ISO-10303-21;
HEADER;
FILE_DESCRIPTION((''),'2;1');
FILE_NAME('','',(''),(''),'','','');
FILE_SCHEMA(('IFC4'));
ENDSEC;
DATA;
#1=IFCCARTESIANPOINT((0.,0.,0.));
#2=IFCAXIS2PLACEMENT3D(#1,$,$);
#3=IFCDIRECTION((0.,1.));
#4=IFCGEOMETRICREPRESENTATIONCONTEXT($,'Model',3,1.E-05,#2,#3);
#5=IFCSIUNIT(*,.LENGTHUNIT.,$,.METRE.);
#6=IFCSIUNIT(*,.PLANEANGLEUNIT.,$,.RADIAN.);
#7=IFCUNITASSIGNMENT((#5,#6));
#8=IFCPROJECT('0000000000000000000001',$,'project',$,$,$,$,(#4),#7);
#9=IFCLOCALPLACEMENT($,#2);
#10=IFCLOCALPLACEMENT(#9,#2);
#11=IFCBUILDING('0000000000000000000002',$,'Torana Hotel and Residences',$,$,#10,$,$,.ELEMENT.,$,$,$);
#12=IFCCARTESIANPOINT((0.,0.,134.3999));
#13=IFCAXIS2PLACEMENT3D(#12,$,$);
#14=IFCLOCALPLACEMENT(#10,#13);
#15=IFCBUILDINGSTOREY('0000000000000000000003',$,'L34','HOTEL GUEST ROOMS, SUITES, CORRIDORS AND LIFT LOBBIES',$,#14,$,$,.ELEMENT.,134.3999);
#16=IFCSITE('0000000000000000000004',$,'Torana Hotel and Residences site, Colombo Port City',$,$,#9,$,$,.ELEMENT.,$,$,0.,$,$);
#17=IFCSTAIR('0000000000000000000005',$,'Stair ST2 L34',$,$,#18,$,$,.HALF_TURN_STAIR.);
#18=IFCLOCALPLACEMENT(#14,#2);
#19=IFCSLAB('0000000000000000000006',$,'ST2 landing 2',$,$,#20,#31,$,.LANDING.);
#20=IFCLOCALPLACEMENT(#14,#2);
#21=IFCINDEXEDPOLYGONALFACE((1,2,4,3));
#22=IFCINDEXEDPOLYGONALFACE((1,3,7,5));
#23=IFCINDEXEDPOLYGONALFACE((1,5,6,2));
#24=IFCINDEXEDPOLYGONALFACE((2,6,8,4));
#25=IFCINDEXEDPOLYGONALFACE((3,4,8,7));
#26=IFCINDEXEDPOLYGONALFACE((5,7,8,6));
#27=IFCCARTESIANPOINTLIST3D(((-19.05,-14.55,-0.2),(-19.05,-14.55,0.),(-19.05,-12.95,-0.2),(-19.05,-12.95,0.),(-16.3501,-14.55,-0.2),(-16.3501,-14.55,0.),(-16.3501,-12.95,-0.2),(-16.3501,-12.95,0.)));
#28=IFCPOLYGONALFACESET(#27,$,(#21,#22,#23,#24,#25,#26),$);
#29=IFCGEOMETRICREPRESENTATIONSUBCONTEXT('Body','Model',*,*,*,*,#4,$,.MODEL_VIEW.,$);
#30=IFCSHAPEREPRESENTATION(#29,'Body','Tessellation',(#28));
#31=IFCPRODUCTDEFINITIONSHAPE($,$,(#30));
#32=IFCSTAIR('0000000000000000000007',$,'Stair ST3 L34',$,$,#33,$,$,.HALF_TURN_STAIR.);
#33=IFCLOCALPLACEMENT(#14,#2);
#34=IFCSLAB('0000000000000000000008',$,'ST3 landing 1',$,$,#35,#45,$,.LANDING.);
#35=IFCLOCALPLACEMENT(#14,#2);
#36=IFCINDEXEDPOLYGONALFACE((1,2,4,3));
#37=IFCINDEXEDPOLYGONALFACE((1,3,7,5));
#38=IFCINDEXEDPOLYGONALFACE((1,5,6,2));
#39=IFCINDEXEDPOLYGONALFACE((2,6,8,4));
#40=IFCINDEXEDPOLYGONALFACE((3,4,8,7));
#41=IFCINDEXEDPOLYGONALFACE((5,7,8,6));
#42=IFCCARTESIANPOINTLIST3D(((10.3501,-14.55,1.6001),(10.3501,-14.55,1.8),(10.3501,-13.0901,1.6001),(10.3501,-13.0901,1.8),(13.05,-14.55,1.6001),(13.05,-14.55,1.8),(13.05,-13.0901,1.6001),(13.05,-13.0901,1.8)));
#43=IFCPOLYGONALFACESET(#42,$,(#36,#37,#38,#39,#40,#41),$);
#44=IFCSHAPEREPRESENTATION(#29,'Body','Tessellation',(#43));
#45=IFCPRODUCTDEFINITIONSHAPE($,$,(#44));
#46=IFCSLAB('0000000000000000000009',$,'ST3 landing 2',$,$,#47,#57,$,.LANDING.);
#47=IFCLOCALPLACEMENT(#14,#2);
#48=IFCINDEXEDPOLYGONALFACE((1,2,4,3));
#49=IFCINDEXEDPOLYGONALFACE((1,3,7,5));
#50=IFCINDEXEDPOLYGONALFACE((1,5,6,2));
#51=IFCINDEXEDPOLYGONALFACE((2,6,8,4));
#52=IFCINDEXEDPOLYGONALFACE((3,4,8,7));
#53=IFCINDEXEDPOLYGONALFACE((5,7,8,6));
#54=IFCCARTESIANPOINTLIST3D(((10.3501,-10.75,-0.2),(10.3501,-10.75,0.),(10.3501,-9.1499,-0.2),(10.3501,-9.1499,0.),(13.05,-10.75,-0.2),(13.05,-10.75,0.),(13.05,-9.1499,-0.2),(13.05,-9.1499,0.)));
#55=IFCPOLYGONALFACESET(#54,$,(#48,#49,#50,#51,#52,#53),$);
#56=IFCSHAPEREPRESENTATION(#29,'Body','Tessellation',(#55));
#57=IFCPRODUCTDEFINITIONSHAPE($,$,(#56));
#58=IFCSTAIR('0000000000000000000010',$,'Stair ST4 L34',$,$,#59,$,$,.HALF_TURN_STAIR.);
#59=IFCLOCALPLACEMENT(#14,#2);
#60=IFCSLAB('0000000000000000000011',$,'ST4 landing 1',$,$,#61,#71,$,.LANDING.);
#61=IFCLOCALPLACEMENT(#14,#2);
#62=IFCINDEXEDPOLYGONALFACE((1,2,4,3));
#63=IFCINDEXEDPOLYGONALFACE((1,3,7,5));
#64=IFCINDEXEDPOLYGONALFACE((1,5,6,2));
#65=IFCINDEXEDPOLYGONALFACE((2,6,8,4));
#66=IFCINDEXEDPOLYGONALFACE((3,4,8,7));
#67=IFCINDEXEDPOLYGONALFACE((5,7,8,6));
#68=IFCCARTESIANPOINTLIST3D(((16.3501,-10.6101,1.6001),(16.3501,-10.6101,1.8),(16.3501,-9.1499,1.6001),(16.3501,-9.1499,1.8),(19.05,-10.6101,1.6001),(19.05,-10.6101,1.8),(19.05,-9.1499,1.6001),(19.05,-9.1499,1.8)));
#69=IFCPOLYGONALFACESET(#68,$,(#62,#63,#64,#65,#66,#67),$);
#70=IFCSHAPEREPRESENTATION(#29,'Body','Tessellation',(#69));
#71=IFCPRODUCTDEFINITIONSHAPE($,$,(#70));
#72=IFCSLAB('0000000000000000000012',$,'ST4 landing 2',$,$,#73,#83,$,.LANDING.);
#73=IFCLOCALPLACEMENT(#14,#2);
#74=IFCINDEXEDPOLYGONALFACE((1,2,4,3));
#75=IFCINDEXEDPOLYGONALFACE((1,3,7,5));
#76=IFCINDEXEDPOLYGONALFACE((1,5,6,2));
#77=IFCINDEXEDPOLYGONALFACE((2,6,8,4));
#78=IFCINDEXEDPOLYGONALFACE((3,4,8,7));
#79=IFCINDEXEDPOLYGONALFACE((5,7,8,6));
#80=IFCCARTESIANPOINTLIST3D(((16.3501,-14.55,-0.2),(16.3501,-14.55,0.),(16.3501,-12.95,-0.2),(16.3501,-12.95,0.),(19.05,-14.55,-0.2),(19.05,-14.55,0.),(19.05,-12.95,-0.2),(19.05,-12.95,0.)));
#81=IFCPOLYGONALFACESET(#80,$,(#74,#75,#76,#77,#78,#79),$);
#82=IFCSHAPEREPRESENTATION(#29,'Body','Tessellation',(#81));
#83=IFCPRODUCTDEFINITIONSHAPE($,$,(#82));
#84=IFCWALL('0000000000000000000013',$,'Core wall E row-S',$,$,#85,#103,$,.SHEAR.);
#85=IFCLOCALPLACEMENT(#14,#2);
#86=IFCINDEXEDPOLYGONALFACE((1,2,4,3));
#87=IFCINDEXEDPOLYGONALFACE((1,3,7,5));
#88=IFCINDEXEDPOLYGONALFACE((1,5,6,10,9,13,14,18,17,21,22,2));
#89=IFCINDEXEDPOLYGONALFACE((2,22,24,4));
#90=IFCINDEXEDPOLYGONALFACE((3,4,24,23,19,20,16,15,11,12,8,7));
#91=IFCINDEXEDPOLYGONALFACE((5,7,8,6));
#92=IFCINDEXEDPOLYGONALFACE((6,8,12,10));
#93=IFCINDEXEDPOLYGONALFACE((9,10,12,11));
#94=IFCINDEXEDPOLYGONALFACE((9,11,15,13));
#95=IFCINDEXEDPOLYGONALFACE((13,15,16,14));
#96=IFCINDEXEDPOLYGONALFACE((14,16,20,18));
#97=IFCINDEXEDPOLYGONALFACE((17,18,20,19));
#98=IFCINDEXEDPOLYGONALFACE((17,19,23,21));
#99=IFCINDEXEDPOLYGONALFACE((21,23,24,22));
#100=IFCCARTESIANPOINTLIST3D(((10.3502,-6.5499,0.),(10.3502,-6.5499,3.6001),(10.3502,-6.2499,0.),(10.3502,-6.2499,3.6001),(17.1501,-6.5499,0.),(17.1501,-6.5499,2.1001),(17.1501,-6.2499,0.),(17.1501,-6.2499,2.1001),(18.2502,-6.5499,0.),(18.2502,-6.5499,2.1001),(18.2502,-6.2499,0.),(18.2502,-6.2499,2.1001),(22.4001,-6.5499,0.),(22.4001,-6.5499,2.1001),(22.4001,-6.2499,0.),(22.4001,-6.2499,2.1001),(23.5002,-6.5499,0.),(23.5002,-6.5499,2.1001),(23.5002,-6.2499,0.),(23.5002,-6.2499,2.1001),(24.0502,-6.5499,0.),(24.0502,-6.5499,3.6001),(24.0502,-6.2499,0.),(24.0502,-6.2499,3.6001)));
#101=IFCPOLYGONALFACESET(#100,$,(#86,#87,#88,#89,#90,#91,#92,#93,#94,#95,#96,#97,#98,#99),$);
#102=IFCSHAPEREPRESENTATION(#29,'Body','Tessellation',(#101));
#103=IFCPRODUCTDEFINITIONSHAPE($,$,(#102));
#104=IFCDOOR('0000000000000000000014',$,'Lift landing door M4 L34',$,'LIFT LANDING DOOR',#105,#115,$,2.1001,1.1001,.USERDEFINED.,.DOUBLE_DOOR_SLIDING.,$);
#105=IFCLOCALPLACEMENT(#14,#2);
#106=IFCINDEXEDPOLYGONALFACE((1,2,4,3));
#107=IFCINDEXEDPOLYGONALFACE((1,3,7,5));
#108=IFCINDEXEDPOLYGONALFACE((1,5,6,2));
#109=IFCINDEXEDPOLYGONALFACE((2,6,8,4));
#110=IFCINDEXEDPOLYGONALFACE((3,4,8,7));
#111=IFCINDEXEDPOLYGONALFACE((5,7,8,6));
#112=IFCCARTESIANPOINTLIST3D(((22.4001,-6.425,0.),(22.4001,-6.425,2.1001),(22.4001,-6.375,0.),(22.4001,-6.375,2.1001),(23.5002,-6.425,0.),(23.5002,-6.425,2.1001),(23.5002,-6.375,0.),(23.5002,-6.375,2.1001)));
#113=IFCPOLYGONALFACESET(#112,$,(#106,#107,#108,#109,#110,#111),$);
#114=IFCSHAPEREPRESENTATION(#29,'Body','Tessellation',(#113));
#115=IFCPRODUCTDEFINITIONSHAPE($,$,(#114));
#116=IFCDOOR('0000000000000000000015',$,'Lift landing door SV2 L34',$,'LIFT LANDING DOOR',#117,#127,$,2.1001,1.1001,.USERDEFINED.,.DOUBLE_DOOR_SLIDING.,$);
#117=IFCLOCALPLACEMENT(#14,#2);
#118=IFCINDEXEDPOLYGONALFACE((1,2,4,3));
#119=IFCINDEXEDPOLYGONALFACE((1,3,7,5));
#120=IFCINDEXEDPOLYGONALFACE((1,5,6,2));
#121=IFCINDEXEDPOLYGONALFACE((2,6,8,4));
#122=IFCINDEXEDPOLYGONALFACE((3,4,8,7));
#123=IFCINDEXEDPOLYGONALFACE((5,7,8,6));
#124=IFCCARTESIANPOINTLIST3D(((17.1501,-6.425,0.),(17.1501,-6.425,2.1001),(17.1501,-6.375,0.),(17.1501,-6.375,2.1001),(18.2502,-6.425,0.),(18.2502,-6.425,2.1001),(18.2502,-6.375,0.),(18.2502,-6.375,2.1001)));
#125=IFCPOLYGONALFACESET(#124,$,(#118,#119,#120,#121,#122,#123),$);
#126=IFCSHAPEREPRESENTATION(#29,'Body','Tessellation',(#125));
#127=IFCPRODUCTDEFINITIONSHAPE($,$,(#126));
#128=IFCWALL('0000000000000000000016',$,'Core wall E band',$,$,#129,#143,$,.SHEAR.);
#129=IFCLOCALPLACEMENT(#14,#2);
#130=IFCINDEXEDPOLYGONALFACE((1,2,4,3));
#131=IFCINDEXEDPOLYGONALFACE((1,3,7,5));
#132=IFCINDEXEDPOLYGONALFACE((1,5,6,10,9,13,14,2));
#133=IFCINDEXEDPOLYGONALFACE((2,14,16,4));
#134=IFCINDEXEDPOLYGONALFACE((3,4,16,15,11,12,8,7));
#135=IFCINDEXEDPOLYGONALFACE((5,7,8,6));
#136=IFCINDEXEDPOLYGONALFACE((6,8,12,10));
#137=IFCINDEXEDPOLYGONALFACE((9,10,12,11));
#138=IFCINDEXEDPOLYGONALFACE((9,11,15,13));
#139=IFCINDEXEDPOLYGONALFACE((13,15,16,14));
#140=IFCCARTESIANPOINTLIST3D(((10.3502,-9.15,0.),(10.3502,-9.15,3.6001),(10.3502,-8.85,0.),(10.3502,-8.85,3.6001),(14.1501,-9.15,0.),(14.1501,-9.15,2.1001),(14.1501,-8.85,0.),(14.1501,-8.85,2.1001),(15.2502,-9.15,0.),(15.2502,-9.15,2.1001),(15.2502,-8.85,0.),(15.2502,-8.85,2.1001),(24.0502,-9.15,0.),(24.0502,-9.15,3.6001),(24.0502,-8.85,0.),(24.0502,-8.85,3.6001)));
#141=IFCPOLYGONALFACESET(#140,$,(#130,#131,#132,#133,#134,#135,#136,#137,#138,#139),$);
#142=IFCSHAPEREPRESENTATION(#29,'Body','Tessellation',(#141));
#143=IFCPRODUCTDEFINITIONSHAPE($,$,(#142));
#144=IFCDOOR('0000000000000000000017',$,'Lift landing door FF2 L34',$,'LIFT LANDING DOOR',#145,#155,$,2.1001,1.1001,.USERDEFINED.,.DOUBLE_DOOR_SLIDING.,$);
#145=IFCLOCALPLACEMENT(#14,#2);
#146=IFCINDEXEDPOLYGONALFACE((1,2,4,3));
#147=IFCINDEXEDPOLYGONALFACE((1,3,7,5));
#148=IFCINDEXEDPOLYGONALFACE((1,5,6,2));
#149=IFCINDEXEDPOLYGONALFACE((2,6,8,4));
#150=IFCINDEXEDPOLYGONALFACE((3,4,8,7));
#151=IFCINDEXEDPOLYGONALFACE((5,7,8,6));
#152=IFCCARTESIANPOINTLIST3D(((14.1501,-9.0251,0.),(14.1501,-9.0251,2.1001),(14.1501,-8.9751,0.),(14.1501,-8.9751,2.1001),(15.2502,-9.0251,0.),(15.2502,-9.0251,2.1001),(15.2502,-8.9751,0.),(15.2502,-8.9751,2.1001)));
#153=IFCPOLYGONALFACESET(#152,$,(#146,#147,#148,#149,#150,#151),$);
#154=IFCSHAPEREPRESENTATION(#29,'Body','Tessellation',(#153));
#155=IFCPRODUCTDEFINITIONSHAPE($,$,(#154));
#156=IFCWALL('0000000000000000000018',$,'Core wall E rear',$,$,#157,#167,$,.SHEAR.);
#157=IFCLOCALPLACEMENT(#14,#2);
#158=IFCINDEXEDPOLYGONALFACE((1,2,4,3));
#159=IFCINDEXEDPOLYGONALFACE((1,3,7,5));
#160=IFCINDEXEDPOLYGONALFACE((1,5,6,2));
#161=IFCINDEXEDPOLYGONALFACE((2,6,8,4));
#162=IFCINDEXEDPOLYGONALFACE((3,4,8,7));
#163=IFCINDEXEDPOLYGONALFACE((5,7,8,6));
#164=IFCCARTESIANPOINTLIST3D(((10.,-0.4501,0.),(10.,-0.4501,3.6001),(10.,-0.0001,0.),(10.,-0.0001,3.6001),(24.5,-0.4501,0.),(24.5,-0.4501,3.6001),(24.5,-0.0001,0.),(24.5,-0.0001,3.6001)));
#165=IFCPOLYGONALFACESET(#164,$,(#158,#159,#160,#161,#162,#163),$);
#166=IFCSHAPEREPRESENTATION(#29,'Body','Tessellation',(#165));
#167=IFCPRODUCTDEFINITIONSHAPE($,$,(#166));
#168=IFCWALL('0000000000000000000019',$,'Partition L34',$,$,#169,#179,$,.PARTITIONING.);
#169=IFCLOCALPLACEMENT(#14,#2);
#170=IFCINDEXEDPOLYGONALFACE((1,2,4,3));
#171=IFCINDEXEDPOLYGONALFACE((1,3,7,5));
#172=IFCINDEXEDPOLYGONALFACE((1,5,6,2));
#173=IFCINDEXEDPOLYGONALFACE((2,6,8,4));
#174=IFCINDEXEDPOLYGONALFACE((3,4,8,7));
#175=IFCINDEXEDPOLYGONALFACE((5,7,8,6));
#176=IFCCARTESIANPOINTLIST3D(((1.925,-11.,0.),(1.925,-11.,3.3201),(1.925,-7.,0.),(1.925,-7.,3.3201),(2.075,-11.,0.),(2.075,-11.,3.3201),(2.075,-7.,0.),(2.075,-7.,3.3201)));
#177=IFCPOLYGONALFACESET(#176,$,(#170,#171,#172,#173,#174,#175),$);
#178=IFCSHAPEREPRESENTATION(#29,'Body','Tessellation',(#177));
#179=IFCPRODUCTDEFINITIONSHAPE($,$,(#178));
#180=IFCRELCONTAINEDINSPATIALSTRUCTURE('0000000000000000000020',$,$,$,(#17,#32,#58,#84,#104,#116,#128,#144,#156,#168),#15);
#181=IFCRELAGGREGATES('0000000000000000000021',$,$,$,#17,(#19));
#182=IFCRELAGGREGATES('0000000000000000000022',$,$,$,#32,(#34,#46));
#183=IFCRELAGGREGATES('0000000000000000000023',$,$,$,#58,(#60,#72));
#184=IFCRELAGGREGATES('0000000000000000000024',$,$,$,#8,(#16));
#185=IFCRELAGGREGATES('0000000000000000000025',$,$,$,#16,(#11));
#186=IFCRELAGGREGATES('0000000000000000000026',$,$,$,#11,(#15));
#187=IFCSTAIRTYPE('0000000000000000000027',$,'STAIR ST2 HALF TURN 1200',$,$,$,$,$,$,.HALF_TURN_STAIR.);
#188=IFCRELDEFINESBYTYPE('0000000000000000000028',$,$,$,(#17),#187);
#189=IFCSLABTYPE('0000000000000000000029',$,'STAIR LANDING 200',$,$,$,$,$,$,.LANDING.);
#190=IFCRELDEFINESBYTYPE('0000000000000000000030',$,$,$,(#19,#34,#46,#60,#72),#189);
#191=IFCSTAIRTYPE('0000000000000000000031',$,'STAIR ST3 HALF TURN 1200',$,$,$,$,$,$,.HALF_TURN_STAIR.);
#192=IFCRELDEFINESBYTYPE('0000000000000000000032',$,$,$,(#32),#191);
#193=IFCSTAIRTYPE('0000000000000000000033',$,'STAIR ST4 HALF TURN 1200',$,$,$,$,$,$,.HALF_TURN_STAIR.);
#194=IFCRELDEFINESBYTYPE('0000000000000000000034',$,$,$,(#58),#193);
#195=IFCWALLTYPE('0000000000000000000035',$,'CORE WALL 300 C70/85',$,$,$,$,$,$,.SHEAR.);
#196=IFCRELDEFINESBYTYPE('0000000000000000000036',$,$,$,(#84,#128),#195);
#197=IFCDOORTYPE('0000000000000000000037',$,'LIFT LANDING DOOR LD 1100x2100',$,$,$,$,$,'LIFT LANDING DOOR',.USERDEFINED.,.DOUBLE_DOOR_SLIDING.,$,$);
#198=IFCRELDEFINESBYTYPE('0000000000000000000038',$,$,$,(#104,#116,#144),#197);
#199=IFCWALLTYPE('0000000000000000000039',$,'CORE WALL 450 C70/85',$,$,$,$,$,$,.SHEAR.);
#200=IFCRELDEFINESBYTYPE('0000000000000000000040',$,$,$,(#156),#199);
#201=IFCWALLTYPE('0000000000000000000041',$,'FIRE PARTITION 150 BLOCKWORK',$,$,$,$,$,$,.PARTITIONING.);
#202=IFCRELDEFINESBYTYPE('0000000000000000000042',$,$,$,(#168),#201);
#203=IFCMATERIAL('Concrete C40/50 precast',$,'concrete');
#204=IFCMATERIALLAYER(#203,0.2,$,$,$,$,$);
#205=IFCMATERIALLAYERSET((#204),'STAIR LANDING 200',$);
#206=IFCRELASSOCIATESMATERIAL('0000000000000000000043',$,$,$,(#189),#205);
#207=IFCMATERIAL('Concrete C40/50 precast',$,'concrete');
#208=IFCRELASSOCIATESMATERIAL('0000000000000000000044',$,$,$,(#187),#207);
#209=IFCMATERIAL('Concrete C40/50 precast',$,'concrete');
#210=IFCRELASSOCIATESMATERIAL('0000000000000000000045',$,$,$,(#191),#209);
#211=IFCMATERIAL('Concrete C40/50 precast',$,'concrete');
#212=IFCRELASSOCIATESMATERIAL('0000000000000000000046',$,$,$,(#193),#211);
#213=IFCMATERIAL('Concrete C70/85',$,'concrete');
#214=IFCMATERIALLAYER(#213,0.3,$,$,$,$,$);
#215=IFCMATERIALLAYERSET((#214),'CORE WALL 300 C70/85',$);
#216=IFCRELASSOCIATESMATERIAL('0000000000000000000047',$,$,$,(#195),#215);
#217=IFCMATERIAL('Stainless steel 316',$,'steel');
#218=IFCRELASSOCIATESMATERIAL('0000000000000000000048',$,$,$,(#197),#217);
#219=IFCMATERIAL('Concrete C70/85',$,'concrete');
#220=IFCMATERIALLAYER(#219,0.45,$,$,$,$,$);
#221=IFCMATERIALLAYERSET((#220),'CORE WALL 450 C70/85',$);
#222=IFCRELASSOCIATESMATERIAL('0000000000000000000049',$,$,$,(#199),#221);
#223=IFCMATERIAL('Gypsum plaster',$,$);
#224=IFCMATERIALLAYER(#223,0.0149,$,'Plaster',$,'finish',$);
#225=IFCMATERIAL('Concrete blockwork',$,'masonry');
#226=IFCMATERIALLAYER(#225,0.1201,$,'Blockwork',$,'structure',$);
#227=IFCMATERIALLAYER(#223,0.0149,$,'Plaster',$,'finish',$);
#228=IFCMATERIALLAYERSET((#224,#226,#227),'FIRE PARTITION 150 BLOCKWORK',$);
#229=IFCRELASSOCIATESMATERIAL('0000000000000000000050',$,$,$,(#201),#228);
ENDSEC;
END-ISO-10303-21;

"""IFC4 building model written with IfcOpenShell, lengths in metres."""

from ifc_helpers import new_model, si_unit, direction, frame, frame_2d, origin, place, context, subcontext, project, spatial, polyline, rectangle, outline, extrude, material, layer, layer_set, type_object, element, fill, aggregate, save


model = new_model("IFC4")

# Units and contexts
model_context = context("Model", 3, precision=1e-05, world=origin(), true_north=direction((0.0, 1.0)))
body_context = subcontext(model_context, "Body", "Model", "MODEL_VIEW")
ifc_project = project(units=[si_unit("LENGTHUNIT", "METRE"), si_unit("PLANEANGLEUNIT", "RADIAN")], contexts=[model_context])

# Site, building, storey
site_placement = place(None, origin())
site = spatial("IfcSite", under=ifc_project, at=site_placement, Name="Torana Hotel and Residences site, Colombo Port City", CompositionType="ELEMENT", RefElevation=0.0)
building_placement = place(site_placement, origin())
building = spatial("IfcBuilding", under=site, at=building_placement, Name="Torana Hotel and Residences", CompositionType="ELEMENT")
storey_placement = place(building_placement, frame((0.0, 0.0, 134.3999)))
storey = spatial("IfcBuildingStorey", under=building, at=storey_placement, Name="L34", Description="HOTEL GUEST ROOMS, SUITES, CORRIDORS AND LIFT LOBBIES", CompositionType="ELEMENT", Elevation=134.3999)

# Stairs, slabs
ifc_material_1 = material(Name="Concrete C40/50 precast", Category="concrete")
ifc_layer_1 = layer(ifc_material_1, 0.2)
ifc_layer_set_1 = layer_set([ifc_layer_1], Name="STAIR LANDING 200")
slab_type_1 = type_object("IfcSlabType", Name="STAIR LANDING 200", PredefinedType="LANDING", material=ifc_layer_set_1)
ifc_material_2 = material(Name="Concrete C40/50 precast", Category="concrete")
stair_type_1 = type_object("IfcStairType", Name="STAIR ST2 HALF TURN 1200", PredefinedType="HALF_TURN_STAIR", material=ifc_material_2)
stair_1_placement = place(storey_placement, origin())
stair_1 = element("IfcStair", 1, at=stair_1_placement, inside=storey, type_object=stair_type_1, Name="Stair ST2 L34", PredefinedType="HALF_TURN_STAIR")
slab_1_placement = place(storey_placement, frame((0.0, 0.0, -0.2)))
slab_1 = element("IfcSlab", 2, at=slab_1_placement, type_object=slab_type_1, Name="ST2 landing 2", PredefinedType="LANDING", context=body_context, shape_type="SweptSolid", body=[
    extrude(outline(polyline([(-19.05, -14.55), (-16.3501, -14.55), (-16.3501, -12.95), (-19.05, -12.95), (-19.05, -14.55)])), origin(), (0.0, 0.0, 1.0), 0.2),
])
aggregate(stair_1, [slab_1])
ifc_material_3 = material(Name="Concrete C40/50 precast", Category="concrete")
stair_type_2 = type_object("IfcStairType", Name="STAIR ST3 HALF TURN 1200", PredefinedType="HALF_TURN_STAIR", material=ifc_material_3)
stair_2_placement = place(storey_placement, origin())
stair_2 = element("IfcStair", 3, at=stair_2_placement, inside=storey, type_object=stair_type_2, Name="Stair ST3 L34", PredefinedType="HALF_TURN_STAIR")
slab_2_placement = place(storey_placement, frame((0.0, 0.0, 1.6001)))
slab_2 = element("IfcSlab", 4, at=slab_2_placement, type_object=slab_type_1, Name="ST3 landing 1", PredefinedType="LANDING", context=body_context, shape_type="SweptSolid", body=[
    extrude(outline(polyline([(10.3501, -14.55), (13.05, -14.55), (13.05, -13.0901), (10.3501, -13.0901), (10.3501, -14.55)])), origin(), (0.0, 0.0, 1.0), 0.2),
])
slab_3_placement = place(storey_placement, frame((0.0, 0.0, -0.2)))
slab_3 = element("IfcSlab", 5, at=slab_3_placement, type_object=slab_type_1, Name="ST3 landing 2", PredefinedType="LANDING", context=body_context, shape_type="SweptSolid", body=[
    extrude(outline(polyline([(10.3501, -10.75), (13.05, -10.75), (13.05, -9.1499), (10.3501, -9.1499), (10.3501, -10.75)])), origin(), (0.0, 0.0, 1.0), 0.2),
])
aggregate(stair_2, [slab_2, slab_3])
ifc_material_4 = material(Name="Concrete C40/50 precast", Category="concrete")
stair_type_3 = type_object("IfcStairType", Name="STAIR ST4 HALF TURN 1200", PredefinedType="HALF_TURN_STAIR", material=ifc_material_4)
stair_3_placement = place(storey_placement, origin())
stair_3 = element("IfcStair", 6, at=stair_3_placement, inside=storey, type_object=stair_type_3, Name="Stair ST4 L34", PredefinedType="HALF_TURN_STAIR")
slab_4_placement = place(storey_placement, frame((0.0, 0.0, 1.6001)))
slab_4 = element("IfcSlab", 7, at=slab_4_placement, type_object=slab_type_1, Name="ST4 landing 1", PredefinedType="LANDING", context=body_context, shape_type="SweptSolid", body=[
    extrude(outline(polyline([(16.3501, -10.6101), (19.05, -10.6101), (19.05, -9.1499), (16.3501, -9.1499), (16.3501, -10.6101)])), origin(), (0.0, 0.0, 1.0), 0.2),
])
slab_5_placement = place(storey_placement, frame((0.0, 0.0, -0.2)))
slab_5 = element("IfcSlab", 8, at=slab_5_placement, type_object=slab_type_1, Name="ST4 landing 2", PredefinedType="LANDING", context=body_context, shape_type="SweptSolid", body=[
    extrude(outline(polyline([(16.3501, -14.55), (19.05, -14.55), (19.05, -12.95), (16.3501, -12.95), (16.3501, -14.55)])), origin(), (0.0, 0.0, 1.0), 0.2),
])
aggregate(stair_3, [slab_4, slab_5])

# Wall, openings, doors
ifc_material_5 = material(Name="Concrete C70/85", Category="concrete")
ifc_layer_2 = layer(ifc_material_5, 0.3)
ifc_layer_set_2 = layer_set([ifc_layer_2], Name="CORE WALL 300 C70/85")
wall_type_1 = type_object("IfcWallType", Name="CORE WALL 300 C70/85", PredefinedType="SHEAR", material=ifc_layer_set_2)
wall_1_placement = place(storey_placement, frame((10.3501, -6.3999, 0.0), z_axis=(0.0, 0.0, 1.0), x_axis=(1.0, 0.0, 0.0)))
wall_1 = element("IfcWall", 9, at=wall_1_placement, inside=storey, type_object=wall_type_1, Name="Core wall E row-S", PredefinedType="SHEAR", context=body_context, shape_type="SweptSolid", body=[
    extrude(rectangle(XDim=13.7, YDim=0.3, at=frame_2d((6.8501, 0.0))), origin(), (0.0, 0.0, 1.0), 3.6001),
])
opening_1_placement = place(wall_1_placement, frame((12.05, 0.0, 0.0)))
opening_1 = element("IfcOpeningElement", 10, at=opening_1_placement, cuts=wall_1, PredefinedType="OPENING", context=body_context, shape_type="SweptSolid", body=[
    extrude(rectangle(XDim=1.1001, YDim=2.1001, at=frame_2d((0.55, 1.05))), frame((0.0, 0.1599, 0.0), z_axis=(0.0, -1.0, 0.0), x_axis=(1.0, 0.0, 0.0)), (0.0, 0.0, 1.0), 0.3201),
])
opening_2_placement = place(wall_1_placement, frame((6.8, 0.0, 0.0)))
opening_2 = element("IfcOpeningElement", 11, at=opening_2_placement, cuts=wall_1, PredefinedType="OPENING", context=body_context, shape_type="SweptSolid", body=[
    extrude(rectangle(XDim=1.1001, YDim=2.1001, at=frame_2d((0.55, 1.05))), frame((0.0, 0.1599, 0.0), z_axis=(0.0, -1.0, 0.0), x_axis=(1.0, 0.0, 0.0)), (0.0, 0.0, 1.0), 0.3201),
])
ifc_material_6 = material(Name="Stainless steel 316", Category="steel")
door_type = type_object("IfcDoorType", Name="LIFT LANDING DOOR LD 1100x2100", ElementType="LIFT LANDING DOOR", OperationType="DOUBLE_DOOR_SLIDING", PredefinedType="USERDEFINED", material=ifc_material_6)
door_1_placement = place(opening_1_placement, origin())
door_1 = element("IfcDoor", 12, at=door_1_placement, inside=storey, type_object=door_type, Name="Lift landing door M4 L34", ObjectType="LIFT LANDING DOOR", OperationType="DOUBLE_DOOR_SLIDING", OverallHeight=2.1001, OverallWidth=1.1001, PredefinedType="USERDEFINED", context=body_context, shape_type="SweptSolid", body=[
    extrude(rectangle(XDim=1.1001, YDim=2.1001, at=frame_2d((0.55, 1.05))), frame((0.0, 0.0249, 0.0), z_axis=(0.0, -1.0, 0.0), x_axis=(1.0, 0.0, 0.0)), (0.0, 0.0, 1.0), 0.05),
])
fill(opening_1, door_1)
door_2_placement = place(opening_2_placement, origin())
door_2 = element("IfcDoor", 13, at=door_2_placement, inside=storey, type_object=door_type, Name="Lift landing door SV2 L34", ObjectType="LIFT LANDING DOOR", OperationType="DOUBLE_DOOR_SLIDING", OverallHeight=2.1001, OverallWidth=1.1001, PredefinedType="USERDEFINED", context=body_context, shape_type="SweptSolid", body=[
    extrude(rectangle(XDim=1.1001, YDim=2.1001, at=frame_2d((0.55, 1.05))), frame((0.0, 0.0249, 0.0), z_axis=(0.0, -1.0, 0.0), x_axis=(1.0, 0.0, 0.0)), (0.0, 0.0, 1.0), 0.05),
])
fill(opening_2, door_2)

# Wall, opening, door
wall_2_placement = place(storey_placement, frame((10.3501, -9.0, 0.0), z_axis=(0.0, 0.0, 1.0), x_axis=(1.0, 0.0, 0.0)))
wall_2 = element("IfcWall", 14, at=wall_2_placement, inside=storey, type_object=wall_type_1, Name="Core wall E band", PredefinedType="SHEAR", context=body_context, shape_type="SweptSolid", body=[
    extrude(rectangle(XDim=13.7, YDim=0.3, at=frame_2d((6.8501, 0.0))), origin(), (0.0, 0.0, 1.0), 3.6001),
])
opening_3_placement = place(wall_2_placement, frame((3.8, 0.0, 0.0)))
opening_3 = element("IfcOpeningElement", 15, at=opening_3_placement, cuts=wall_2, PredefinedType="OPENING", context=body_context, shape_type="SweptSolid", body=[
    extrude(rectangle(XDim=1.1001, YDim=2.1001, at=frame_2d((0.55, 1.05))), frame((0.0, 0.1599, 0.0), z_axis=(0.0, -1.0, 0.0), x_axis=(1.0, 0.0, 0.0)), (0.0, 0.0, 1.0), 0.3201),
])
door_3_placement = place(opening_3_placement, origin())
door_3 = element("IfcDoor", 16, at=door_3_placement, inside=storey, type_object=door_type, Name="Lift landing door FF2 L34", ObjectType="LIFT LANDING DOOR", OperationType="DOUBLE_DOOR_SLIDING", OverallHeight=2.1001, OverallWidth=1.1001, PredefinedType="USERDEFINED", context=body_context, shape_type="SweptSolid", body=[
    extrude(rectangle(XDim=1.1001, YDim=2.1001, at=frame_2d((0.55, 1.05))), frame((0.0, 0.0249, 0.0), z_axis=(0.0, -1.0, 0.0), x_axis=(1.0, 0.0, 0.0)), (0.0, 0.0, 1.0), 0.05),
])
fill(opening_3, door_3)

# Walls
ifc_material_7 = material(Name="Concrete C70/85", Category="concrete")
ifc_layer_3 = layer(ifc_material_7, 0.45)
ifc_layer_set_3 = layer_set([ifc_layer_3], Name="CORE WALL 450 C70/85")
wall_type_2 = type_object("IfcWallType", Name="CORE WALL 450 C70/85", PredefinedType="SHEAR", material=ifc_layer_set_3)
wall_3_placement = place(storey_placement, frame((10.0, -0.2251, 0.0), z_axis=(0.0, 0.0, 1.0), x_axis=(1.0, 0.0, 0.0)))
element("IfcWall", 17, at=wall_3_placement, inside=storey, type_object=wall_type_2, Name="Core wall E rear", PredefinedType="SHEAR", context=body_context, shape_type="SweptSolid", body=[
    extrude(rectangle(XDim=14.5, YDim=0.45, at=frame_2d((7.25, 0.0))), origin(), (0.0, 0.0, 1.0), 3.6001),
])
ifc_material_8 = material(Name="Gypsum plaster")
ifc_layer_4 = layer(ifc_material_8, 0.0149, Name="Plaster", Category="finish")
ifc_material_9 = material(Name="Concrete blockwork", Category="masonry")
ifc_layer_5 = layer(ifc_material_9, 0.1201, Name="Blockwork", Category="structure")
ifc_layer_6 = layer(ifc_material_8, 0.0149, Name="Plaster", Category="finish")
ifc_layer_set_4 = layer_set([ifc_layer_4, ifc_layer_5, ifc_layer_6], Name="FIRE PARTITION 150 BLOCKWORK")
wall_type_3 = type_object("IfcWallType", Name="FIRE PARTITION 150 BLOCKWORK", PredefinedType="PARTITIONING", material=ifc_layer_set_4)
wall_4_placement = place(storey_placement, frame((2.0, -11.0, 0.0), z_axis=(0.0, 0.0, 1.0), x_axis=(0.0, 1.0, 0.0)))
element("IfcWall", 18, at=wall_4_placement, inside=storey, type_object=wall_type_3, Name="Partition L34", PredefinedType="PARTITIONING", context=body_context, shape_type="SweptSolid", body=[
    extrude(rectangle(XDim=4.0, YDim=0.1499, at=frame_2d((2.0, 0.0))), origin(), (0.0, 0.0, 1.0), 3.3201),
])

save(model, "model.ifc")
